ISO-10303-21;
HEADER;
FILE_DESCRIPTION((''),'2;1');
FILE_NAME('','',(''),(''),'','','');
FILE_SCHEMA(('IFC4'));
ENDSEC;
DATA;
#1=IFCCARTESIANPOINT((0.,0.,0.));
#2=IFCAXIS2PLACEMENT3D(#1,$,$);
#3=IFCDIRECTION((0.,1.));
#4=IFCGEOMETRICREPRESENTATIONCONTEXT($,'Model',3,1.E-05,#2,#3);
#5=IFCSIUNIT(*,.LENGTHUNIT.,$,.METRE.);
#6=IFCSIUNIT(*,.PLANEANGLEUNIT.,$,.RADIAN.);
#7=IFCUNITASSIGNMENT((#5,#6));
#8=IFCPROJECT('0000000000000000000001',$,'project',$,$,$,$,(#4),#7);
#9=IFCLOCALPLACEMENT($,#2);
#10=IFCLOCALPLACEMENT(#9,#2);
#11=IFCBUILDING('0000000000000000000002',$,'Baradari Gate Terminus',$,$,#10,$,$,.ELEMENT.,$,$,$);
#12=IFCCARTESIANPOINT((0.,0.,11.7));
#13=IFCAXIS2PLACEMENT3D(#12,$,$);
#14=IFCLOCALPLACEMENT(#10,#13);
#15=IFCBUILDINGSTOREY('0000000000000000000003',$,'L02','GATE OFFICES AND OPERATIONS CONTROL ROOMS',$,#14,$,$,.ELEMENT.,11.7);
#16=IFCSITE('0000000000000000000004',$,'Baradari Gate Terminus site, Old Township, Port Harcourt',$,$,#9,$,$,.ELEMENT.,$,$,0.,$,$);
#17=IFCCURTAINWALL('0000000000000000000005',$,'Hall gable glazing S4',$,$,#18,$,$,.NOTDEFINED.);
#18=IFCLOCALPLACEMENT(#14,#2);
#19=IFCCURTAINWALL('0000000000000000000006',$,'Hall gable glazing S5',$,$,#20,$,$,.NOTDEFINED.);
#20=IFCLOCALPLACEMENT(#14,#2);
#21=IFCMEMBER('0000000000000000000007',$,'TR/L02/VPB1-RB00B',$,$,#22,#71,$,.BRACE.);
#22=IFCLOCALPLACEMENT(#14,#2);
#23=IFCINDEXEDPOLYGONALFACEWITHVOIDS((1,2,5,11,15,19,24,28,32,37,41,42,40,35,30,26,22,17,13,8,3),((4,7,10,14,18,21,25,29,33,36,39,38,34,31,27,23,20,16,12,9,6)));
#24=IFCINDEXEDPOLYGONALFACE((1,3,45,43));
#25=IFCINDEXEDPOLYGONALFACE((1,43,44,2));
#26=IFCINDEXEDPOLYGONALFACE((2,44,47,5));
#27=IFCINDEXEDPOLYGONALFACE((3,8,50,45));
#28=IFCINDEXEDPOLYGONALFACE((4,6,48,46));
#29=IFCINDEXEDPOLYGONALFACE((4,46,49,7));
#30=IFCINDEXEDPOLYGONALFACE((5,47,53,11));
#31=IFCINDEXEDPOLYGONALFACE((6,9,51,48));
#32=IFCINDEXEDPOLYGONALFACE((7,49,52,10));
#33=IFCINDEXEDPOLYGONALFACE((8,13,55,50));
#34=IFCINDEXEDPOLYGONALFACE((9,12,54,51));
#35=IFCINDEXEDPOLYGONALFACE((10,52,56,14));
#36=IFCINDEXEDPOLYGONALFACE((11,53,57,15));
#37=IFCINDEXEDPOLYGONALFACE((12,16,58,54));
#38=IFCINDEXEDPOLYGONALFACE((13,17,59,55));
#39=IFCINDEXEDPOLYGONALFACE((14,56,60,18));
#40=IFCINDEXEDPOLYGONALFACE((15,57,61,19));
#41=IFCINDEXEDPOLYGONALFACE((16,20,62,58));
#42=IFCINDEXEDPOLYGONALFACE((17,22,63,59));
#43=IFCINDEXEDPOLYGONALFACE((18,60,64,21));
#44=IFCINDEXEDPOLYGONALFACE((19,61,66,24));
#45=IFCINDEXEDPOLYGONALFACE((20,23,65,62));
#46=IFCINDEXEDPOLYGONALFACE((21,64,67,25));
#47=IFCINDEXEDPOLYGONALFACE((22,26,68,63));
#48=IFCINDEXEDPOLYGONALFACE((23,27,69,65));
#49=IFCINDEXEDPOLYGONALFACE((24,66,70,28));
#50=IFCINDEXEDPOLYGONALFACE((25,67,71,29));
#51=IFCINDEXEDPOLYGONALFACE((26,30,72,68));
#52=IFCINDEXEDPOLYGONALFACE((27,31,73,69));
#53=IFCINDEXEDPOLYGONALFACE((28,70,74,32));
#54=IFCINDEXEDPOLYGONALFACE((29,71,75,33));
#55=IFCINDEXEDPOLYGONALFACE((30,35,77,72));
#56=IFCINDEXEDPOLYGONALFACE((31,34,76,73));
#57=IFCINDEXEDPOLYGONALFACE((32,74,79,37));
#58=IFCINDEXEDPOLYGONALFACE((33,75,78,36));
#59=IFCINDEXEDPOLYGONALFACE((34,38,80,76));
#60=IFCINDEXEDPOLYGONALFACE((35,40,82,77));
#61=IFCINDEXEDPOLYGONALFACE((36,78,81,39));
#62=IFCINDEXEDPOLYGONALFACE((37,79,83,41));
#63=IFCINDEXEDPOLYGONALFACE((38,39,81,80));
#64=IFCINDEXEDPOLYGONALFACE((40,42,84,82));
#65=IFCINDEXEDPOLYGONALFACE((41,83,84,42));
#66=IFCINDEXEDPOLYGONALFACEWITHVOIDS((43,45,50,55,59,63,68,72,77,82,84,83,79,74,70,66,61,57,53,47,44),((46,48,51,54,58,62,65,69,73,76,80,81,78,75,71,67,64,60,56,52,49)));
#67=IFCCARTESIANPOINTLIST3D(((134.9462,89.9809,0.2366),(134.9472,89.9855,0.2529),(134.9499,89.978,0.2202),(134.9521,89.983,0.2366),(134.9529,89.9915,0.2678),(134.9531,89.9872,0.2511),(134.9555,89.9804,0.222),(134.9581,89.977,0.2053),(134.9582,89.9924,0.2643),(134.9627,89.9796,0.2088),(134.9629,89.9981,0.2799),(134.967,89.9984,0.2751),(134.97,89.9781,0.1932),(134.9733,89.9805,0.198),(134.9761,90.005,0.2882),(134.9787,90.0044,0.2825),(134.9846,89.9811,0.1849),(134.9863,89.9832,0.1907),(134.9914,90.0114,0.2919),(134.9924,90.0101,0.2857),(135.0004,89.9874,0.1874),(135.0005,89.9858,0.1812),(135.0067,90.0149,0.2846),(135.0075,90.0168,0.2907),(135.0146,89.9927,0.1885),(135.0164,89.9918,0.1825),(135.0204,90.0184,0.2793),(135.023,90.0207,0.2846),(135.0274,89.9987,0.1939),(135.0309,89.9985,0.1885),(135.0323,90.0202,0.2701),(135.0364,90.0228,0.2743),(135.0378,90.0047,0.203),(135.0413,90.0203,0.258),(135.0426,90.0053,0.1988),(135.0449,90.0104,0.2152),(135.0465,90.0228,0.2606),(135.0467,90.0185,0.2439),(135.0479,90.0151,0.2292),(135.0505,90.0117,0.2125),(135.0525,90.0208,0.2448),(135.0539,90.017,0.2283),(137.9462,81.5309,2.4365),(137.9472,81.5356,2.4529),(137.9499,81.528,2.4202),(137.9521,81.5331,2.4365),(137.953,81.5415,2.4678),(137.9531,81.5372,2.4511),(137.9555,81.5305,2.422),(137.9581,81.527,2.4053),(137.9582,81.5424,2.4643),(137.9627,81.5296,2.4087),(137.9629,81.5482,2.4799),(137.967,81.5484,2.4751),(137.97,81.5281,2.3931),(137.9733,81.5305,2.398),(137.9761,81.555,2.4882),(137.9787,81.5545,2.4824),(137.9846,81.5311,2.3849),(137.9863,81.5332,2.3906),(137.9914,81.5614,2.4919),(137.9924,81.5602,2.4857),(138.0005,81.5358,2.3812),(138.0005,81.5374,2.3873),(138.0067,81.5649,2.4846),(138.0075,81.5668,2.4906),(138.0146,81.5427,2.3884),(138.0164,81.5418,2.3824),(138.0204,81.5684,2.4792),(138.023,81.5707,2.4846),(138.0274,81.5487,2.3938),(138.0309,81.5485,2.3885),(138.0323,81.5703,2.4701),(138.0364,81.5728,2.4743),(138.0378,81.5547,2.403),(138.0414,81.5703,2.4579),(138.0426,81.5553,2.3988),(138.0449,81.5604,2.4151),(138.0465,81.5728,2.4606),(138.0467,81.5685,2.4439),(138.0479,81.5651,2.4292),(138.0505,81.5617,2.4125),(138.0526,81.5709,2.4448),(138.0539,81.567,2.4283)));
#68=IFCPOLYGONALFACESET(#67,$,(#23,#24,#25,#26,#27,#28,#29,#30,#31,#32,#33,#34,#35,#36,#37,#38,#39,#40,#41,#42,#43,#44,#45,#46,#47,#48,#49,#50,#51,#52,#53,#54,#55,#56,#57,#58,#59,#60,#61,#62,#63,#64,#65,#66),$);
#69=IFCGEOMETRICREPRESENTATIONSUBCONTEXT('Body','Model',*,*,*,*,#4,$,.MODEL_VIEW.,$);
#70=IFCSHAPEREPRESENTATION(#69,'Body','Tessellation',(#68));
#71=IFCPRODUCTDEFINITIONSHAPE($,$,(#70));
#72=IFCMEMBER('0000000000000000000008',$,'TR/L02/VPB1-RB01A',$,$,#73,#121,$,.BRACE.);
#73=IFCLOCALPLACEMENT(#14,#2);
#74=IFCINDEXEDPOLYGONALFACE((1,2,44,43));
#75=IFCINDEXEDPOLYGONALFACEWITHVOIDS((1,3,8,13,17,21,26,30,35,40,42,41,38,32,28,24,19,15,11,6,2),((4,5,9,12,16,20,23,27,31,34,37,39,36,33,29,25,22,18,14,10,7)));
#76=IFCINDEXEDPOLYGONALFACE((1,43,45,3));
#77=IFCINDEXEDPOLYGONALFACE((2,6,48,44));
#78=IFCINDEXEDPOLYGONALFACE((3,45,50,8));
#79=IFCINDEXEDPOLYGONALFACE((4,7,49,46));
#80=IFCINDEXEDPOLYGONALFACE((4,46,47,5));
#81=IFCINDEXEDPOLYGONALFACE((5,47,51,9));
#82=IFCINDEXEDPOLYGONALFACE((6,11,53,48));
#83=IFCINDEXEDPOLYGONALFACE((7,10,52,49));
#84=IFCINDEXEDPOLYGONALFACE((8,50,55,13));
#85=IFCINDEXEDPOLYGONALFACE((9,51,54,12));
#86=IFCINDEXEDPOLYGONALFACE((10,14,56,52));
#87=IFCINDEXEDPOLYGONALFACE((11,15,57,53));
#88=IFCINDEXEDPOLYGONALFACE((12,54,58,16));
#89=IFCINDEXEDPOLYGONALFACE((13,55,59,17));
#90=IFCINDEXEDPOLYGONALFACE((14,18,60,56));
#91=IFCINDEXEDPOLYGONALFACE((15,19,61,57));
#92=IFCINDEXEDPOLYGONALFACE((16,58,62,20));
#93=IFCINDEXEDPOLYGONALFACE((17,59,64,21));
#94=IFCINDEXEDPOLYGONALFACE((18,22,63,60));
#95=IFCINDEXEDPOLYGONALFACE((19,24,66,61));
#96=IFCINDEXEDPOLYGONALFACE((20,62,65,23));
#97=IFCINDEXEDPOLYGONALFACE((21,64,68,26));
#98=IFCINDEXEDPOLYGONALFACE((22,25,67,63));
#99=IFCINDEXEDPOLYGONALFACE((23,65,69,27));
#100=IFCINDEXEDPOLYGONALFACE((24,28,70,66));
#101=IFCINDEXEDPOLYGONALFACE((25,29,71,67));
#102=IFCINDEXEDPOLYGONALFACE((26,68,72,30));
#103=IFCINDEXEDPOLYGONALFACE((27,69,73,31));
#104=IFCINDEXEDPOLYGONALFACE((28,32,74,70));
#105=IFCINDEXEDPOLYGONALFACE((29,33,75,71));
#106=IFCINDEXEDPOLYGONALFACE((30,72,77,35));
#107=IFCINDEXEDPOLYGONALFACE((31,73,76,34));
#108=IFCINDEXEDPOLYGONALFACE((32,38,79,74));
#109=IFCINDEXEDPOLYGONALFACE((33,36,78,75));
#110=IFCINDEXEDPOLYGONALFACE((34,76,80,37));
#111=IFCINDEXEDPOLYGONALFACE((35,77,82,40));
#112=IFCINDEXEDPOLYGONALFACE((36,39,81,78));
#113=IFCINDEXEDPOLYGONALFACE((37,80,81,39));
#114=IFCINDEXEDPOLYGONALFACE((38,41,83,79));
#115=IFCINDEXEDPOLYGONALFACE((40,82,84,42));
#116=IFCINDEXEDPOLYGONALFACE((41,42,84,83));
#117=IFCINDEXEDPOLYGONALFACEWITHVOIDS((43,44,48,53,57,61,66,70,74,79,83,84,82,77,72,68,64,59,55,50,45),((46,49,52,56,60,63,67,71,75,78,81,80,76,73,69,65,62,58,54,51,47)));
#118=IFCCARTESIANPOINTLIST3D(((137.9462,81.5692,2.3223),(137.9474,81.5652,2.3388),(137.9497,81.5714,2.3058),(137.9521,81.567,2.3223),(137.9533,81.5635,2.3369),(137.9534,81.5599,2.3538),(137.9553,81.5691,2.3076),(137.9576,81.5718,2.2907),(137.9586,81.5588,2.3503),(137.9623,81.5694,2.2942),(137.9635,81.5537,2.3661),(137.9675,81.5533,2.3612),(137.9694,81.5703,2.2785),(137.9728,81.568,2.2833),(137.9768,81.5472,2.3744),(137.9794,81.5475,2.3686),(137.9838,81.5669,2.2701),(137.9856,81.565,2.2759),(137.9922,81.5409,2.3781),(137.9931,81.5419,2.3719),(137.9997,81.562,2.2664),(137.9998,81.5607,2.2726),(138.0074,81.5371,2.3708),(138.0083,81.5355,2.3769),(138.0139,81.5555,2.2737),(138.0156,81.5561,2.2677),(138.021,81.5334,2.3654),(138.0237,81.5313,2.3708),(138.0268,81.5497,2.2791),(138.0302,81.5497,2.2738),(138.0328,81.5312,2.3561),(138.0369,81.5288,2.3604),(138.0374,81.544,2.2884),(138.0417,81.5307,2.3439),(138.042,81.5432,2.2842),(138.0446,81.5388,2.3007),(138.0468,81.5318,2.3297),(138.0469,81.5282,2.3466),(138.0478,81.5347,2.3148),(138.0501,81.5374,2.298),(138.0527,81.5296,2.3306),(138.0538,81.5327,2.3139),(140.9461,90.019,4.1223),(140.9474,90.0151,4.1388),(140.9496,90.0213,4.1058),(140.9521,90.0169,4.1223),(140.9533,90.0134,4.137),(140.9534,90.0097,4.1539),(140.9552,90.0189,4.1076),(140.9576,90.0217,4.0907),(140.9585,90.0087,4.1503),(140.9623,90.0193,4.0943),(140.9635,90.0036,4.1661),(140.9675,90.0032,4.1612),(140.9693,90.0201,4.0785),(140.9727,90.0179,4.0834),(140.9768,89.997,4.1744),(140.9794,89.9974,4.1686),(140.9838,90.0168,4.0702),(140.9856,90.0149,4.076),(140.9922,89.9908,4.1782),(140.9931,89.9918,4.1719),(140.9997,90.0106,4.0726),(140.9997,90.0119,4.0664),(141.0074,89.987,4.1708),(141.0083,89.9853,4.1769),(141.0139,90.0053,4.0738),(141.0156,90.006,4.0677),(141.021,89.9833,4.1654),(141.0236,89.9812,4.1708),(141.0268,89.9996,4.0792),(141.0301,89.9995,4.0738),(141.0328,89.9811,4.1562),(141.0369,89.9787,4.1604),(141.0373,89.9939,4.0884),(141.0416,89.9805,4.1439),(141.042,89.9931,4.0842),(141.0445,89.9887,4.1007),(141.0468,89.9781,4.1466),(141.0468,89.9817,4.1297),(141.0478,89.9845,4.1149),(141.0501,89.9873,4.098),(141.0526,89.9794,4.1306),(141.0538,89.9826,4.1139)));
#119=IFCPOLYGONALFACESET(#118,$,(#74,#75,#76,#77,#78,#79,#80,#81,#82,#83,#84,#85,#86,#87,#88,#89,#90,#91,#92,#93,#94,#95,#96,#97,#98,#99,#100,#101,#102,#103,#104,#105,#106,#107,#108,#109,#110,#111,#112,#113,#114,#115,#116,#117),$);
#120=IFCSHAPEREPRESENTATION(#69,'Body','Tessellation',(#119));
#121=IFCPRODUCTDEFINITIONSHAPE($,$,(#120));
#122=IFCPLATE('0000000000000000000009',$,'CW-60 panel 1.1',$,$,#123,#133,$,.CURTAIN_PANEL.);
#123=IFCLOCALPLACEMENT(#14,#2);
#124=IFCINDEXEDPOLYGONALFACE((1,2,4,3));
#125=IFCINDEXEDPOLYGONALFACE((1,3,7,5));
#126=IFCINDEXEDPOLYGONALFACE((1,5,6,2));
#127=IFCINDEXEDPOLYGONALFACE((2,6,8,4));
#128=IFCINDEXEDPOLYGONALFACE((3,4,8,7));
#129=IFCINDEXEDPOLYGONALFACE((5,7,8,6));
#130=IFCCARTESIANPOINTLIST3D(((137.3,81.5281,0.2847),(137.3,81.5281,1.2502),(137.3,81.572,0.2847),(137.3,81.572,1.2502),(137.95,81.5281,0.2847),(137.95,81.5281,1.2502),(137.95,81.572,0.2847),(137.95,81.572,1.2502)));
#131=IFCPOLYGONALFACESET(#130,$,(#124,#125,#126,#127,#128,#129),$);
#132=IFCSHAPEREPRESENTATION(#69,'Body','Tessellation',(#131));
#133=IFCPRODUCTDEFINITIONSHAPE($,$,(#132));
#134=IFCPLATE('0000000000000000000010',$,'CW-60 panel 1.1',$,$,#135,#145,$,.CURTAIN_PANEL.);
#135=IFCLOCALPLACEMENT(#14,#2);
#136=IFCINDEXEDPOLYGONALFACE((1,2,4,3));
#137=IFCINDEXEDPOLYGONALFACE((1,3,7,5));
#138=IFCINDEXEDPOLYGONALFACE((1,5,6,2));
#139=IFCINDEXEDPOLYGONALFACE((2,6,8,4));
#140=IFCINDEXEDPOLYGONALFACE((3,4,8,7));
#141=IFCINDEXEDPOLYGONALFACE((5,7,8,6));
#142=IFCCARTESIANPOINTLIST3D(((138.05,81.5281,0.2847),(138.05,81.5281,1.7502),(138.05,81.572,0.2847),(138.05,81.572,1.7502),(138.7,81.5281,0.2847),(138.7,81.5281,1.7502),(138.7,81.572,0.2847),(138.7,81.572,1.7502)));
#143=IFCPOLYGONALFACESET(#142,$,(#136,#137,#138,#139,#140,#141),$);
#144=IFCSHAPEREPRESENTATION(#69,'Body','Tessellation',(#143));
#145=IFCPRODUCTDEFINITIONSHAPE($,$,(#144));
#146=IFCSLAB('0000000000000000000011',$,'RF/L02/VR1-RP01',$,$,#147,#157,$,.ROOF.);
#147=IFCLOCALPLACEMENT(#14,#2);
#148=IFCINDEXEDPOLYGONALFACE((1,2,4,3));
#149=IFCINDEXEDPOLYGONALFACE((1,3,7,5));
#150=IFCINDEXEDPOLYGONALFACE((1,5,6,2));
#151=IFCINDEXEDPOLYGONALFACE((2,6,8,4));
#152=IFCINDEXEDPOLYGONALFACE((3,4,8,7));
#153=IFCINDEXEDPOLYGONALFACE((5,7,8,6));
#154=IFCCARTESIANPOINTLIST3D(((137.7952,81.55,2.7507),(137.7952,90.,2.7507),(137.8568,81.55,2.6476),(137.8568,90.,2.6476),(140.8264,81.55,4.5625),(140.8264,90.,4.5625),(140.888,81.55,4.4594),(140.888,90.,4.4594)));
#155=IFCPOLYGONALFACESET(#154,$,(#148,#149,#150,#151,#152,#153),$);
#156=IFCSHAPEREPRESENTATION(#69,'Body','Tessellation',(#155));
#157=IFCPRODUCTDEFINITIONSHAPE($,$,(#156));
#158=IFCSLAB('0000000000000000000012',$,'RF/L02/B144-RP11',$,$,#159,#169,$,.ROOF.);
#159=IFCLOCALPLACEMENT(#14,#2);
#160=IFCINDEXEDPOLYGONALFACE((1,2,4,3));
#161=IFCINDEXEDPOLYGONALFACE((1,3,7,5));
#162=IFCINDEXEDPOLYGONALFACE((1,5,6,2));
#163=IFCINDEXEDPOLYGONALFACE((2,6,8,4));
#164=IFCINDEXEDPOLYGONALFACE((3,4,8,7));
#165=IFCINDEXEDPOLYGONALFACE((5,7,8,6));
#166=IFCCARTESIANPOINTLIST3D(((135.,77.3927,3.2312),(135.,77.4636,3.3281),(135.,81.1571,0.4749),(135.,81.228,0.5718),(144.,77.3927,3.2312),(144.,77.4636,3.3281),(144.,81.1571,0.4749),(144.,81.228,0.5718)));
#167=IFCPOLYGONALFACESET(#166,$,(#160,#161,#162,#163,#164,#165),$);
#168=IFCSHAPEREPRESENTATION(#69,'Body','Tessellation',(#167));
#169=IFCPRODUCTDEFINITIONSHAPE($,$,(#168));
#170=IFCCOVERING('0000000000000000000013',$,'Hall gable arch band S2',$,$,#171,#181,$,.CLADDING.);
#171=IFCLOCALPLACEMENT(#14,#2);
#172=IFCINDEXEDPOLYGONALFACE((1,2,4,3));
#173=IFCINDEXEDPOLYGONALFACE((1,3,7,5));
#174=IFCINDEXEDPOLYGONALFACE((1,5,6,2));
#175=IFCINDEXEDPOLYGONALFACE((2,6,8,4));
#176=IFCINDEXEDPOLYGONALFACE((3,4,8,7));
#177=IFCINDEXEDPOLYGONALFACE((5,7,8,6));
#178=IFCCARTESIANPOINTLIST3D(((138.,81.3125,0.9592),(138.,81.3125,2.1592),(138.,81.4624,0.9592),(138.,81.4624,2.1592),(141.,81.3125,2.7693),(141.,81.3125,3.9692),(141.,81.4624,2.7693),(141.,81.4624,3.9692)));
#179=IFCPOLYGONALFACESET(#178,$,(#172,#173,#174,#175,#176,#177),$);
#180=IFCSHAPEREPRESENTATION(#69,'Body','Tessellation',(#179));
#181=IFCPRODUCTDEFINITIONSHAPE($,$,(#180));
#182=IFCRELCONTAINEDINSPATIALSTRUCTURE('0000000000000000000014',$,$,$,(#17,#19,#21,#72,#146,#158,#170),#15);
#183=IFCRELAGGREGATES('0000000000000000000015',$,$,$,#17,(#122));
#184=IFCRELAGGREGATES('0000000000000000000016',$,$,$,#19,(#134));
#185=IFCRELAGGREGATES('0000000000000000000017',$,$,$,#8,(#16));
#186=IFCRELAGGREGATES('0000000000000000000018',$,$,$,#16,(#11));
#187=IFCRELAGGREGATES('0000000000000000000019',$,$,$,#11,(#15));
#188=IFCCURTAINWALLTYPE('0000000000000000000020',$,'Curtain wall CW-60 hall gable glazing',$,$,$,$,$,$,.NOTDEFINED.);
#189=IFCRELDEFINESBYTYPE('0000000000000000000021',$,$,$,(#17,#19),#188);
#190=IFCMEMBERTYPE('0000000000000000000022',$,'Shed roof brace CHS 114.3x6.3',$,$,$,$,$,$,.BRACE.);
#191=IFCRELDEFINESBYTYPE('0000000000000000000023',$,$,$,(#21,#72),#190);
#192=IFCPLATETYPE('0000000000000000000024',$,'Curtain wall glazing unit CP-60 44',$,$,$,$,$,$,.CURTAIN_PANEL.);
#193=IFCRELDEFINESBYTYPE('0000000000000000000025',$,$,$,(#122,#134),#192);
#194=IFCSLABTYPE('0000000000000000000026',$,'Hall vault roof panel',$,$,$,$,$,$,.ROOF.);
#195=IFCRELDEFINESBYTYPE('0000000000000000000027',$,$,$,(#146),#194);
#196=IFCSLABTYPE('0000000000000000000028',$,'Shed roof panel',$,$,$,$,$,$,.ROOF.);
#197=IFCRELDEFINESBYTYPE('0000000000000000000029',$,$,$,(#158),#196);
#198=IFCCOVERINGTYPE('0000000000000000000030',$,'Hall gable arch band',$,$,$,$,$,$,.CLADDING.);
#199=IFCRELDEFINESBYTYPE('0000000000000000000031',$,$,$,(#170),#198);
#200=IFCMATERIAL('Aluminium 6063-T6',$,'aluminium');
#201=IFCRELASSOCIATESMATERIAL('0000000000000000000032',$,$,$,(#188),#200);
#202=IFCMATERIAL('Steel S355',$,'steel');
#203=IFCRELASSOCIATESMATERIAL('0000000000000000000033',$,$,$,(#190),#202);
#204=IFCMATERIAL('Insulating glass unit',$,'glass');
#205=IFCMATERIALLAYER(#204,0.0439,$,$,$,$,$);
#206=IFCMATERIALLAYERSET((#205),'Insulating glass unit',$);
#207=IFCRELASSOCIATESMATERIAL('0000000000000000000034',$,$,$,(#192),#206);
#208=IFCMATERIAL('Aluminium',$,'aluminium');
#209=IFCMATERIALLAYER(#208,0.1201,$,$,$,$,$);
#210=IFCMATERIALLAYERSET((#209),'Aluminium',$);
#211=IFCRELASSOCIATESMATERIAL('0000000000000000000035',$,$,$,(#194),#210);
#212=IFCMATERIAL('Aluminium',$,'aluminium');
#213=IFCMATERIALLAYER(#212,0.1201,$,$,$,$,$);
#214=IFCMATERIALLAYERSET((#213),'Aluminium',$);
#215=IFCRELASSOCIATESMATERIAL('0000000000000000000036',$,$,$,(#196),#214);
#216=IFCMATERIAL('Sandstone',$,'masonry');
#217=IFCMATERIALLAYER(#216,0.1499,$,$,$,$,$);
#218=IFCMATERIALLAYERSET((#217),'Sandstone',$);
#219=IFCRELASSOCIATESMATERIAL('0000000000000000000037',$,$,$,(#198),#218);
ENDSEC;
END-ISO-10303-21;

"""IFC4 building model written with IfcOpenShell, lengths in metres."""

from ifc_helpers import new_model, si_unit, direction, frame, origin, origin_2d, place, context, subcontext, project, spatial, polyline, rectangle, hollow_circle, outline, extrude, material, layer, layer_set, material_profile, profile_set, type_object, element, aggregate, save


model = new_model("IFC4")

# Units and contexts
model_context = context("Model", 3, precision=1e-05, world=origin(), true_north=direction((0.0, 1.0)))
body_context = subcontext(model_context, "Body", "Model", "MODEL_VIEW")
ifc_project = project(units=[si_unit("LENGTHUNIT", "METRE"), si_unit("PLANEANGLEUNIT", "RADIAN")], contexts=[model_context])

# Site, building, storey
site_placement = place(None, origin())
site = spatial("IfcSite", under=ifc_project, at=site_placement, Name="Baradari Gate Terminus site, Old Township, Port Harcourt", CompositionType="ELEMENT", RefElevation=0.0)
building_placement = place(site_placement, origin())
building = spatial("IfcBuilding", under=site, at=building_placement, Name="Baradari Gate Terminus", CompositionType="ELEMENT")
storey_placement = place(building_placement, frame((0.0, 0.0, 11.7)))
storey = spatial("IfcBuildingStorey", under=building, at=storey_placement, Name="L02", Description="GATE OFFICES AND OPERATIONS CONTROL ROOMS", CompositionType="ELEMENT", Elevation=11.7)

# Curtain wall
ifc_material_1 = material(Name="Aluminium 6063-T6", Category="aluminium")
curtain_wall_type = type_object("IfcCurtainWallType", Name="Curtain wall CW-60 hall gable glazing", PredefinedType="NOTDEFINED", material=ifc_material_1)
curtain_wall_1_placement = place(storey_placement, origin())
curtain_wall_1 = element("IfcCurtainWall", 1, at=curtain_wall_1_placement, inside=storey, type_object=curtain_wall_type, Name="Hall gable glazing S4", PredefinedType="NOTDEFINED")

# Curtain wall
curtain_wall_2_placement = place(storey_placement, origin())
curtain_wall_2 = element("IfcCurtainWall", 2, at=curtain_wall_2_placement, inside=storey, type_object=curtain_wall_type, Name="Hall gable glazing S5", PredefinedType="NOTDEFINED")

# Members
ifc_material_2 = material(Name="Steel S355", Category="steel")
ifc_material_profile_1 = material_profile(ifc_material_2, hollow_circle(Radius=0.0571, WallThickness=0.0063, at=origin_2d()), Name="CHS 114.3x6.3")
ifc_profile_set_1 = profile_set([ifc_material_profile_1], Name="Steel S355")
member_type_1 = type_object("IfcMemberType", Name="Shed roof brace CHS 114.3x6.3", PredefinedType="BRACE", material=ifc_profile_set_1)
for number, where, z_axis, x_axis, name in (
    (3, (138.0, 81.55, 2.4365), (-0.324934, 0.915227, -0.23828), (-0.94237, -0.334571, 0.0), "TR/L02/VPB1-RB00B"),
):
    element("IfcMember", number, at=place(storey_placement, frame(where, z_axis=z_axis, x_axis=x_axis)), inside=storey, type_object=member_type_1, Name=name, PredefinedType="BRACE", context=body_context, shape_type="SweptSolid", body=[
        extrude(hollow_circle(Radius=0.0571, WallThickness=0.0063, at=origin_2d()), origin(), (0.0, 0.0, 1.0), 9.2327),
    ])
member_1_placement = place(storey_placement, frame((138.0, 81.55, 2.3223), z_axis=(0.328027, 0.923937, 0.196821), x_axis=(-0.94237, 0.334571, 0.0)))
element("IfcMember", 4, at=member_1_placement, inside=storey, type_object=member_type_1, Name="TR/L02/VPB1-RB01A", PredefinedType="BRACE", context=body_context, shape_type="SweptSolid", body=[
    extrude(hollow_circle(Radius=0.0571, WallThickness=0.0063, at=origin_2d()), origin(), (0.0, 0.0, 1.0), 9.1455),
])

# Plates
ifc_material_3 = material(Name="Insulating glass unit", Category="glass")
ifc_layer_1 = layer(ifc_material_3, 0.0439)
ifc_layer_set_1 = layer_set([ifc_layer_1], Name="Insulating glass unit")
plate_type = type_object("IfcPlateType", Name="Curtain wall glazing unit CP-60 44", PredefinedType="CURTAIN_PANEL", material=ifc_layer_set_1)
plate_1_placement = place(storey_placement, frame((137.625, 81.55, 0.2847), z_axis=(0.0, 0.0, 1.0), x_axis=(1.0, 0.0, 0.0)))
plate_1 = element("IfcPlate", 5, at=plate_1_placement, type_object=plate_type, Name="CW-60 panel 1.1", PredefinedType="CURTAIN_PANEL", context=body_context, shape_type="SweptSolid", body=[
    extrude(rectangle(XDim=0.6499, YDim=0.0439, at=origin_2d()), origin(), (0.0, 0.0, 1.0), 0.9656),
])
aggregate(curtain_wall_1, [plate_1])
plate_2_placement = place(storey_placement, frame((138.375, 81.55, 0.2847), z_axis=(0.0, 0.0, 1.0), x_axis=(1.0, 0.0, 0.0)))
plate_2 = element("IfcPlate", 6, at=plate_2_placement, type_object=plate_type, Name="CW-60 panel 1.1", PredefinedType="CURTAIN_PANEL", context=body_context, shape_type="SweptSolid", body=[
    extrude(rectangle(XDim=0.6499, YDim=0.0439, at=origin_2d()), origin(), (0.0, 0.0, 1.0), 1.4656),
])
aggregate(curtain_wall_2, [plate_2])

# Slabs
ifc_material_4 = material(Name="Aluminium", Category="aluminium")
ifc_layer_2 = layer(ifc_material_4, 0.1201)
ifc_layer_set_2 = layer_set([ifc_layer_2], Name="Aluminium")
slab_type_1 = type_object("IfcSlabType", Name="Hall vault roof panel", PredefinedType="ROOF", material=ifc_layer_set_2)
slab_1_placement = place(storey_placement, frame((137.7952, 81.55, 2.7507), z_axis=(-0.513041, 0.0, 0.858364), x_axis=(0.0, 1.0, 0.0)))
element("IfcSlab", 7, at=slab_1_placement, inside=storey, type_object=slab_type_1, Name="RF/L02/VR1-RP01", PredefinedType="ROOF", context=body_context, shape_type="SweptSolid", body=[
    extrude(outline(polyline([(0.0, 0.0), (8.45, 0.0), (8.45, -3.5314), (0.0, -3.5314), (0.0, 0.0)])), origin(), (0.0, 0.0, -1.0), 0.1201),
])
ifc_material_5 = material(Name="Aluminium", Category="aluminium")
ifc_layer_3 = layer(ifc_material_5, 0.1201)
ifc_layer_set_3 = layer_set([ifc_layer_3], Name="Aluminium")
slab_type_2 = type_object("IfcSlabType", Name="Shed roof panel", PredefinedType="ROOF", material=ifc_layer_set_3)
slab_2_placement = place(storey_placement, frame((135.0, 77.4636, 3.3281), z_axis=(0.0, 0.590776, 0.806836), x_axis=(1.0, 0.0, 0.0)))
element("IfcSlab", 8, at=slab_2_placement, inside=storey, type_object=slab_type_2, Name="RF/L02/B144-RP11", PredefinedType="ROOF", context=body_context, shape_type="SweptSolid", body=[
    extrude(outline(polyline([(0.0, 0.0), (9.0, 0.0), (9.0, 4.6656), (0.0, 4.6656), (0.0, 0.0)])), origin(), (0.0, 0.0, -1.0), 0.1201),
])

# Covering
ifc_material_6 = material(Name="Sandstone", Category="masonry")
ifc_layer_4 = layer(ifc_material_6, 0.1499)
ifc_layer_set_4 = layer_set([ifc_layer_4], Name="Sandstone")
covering_type_1 = type_object("IfcCoveringType", Name="Hall gable arch band", PredefinedType="CLADDING", material=ifc_layer_set_4)
covering_1_placement = place(storey_placement, frame((138.0, 81.3875, 0.9592), z_axis=(0.0, 0.0, 1.0), x_axis=(1.0, 0.0, 0.0)))
element("IfcCovering", 9, at=covering_1_placement, inside=storey, type_object=covering_type_1, Name="Hall gable arch band S2", PredefinedType="CLADDING", context=body_context, shape_type="SweptSolid", body=[
    extrude(outline(polyline([(0.0, 1.2), (0.0, 0.0), (3.0, 1.8101), (3.0, 3.01), (0.0, 1.2)])), frame((0.0, 0.075, 0.0), z_axis=(0.0, -1.0, 0.0), x_axis=(1.0, 0.0, 0.0)), (0.0, 0.0, 1.0), 0.1499),
])

save(model, "model.ifc")
